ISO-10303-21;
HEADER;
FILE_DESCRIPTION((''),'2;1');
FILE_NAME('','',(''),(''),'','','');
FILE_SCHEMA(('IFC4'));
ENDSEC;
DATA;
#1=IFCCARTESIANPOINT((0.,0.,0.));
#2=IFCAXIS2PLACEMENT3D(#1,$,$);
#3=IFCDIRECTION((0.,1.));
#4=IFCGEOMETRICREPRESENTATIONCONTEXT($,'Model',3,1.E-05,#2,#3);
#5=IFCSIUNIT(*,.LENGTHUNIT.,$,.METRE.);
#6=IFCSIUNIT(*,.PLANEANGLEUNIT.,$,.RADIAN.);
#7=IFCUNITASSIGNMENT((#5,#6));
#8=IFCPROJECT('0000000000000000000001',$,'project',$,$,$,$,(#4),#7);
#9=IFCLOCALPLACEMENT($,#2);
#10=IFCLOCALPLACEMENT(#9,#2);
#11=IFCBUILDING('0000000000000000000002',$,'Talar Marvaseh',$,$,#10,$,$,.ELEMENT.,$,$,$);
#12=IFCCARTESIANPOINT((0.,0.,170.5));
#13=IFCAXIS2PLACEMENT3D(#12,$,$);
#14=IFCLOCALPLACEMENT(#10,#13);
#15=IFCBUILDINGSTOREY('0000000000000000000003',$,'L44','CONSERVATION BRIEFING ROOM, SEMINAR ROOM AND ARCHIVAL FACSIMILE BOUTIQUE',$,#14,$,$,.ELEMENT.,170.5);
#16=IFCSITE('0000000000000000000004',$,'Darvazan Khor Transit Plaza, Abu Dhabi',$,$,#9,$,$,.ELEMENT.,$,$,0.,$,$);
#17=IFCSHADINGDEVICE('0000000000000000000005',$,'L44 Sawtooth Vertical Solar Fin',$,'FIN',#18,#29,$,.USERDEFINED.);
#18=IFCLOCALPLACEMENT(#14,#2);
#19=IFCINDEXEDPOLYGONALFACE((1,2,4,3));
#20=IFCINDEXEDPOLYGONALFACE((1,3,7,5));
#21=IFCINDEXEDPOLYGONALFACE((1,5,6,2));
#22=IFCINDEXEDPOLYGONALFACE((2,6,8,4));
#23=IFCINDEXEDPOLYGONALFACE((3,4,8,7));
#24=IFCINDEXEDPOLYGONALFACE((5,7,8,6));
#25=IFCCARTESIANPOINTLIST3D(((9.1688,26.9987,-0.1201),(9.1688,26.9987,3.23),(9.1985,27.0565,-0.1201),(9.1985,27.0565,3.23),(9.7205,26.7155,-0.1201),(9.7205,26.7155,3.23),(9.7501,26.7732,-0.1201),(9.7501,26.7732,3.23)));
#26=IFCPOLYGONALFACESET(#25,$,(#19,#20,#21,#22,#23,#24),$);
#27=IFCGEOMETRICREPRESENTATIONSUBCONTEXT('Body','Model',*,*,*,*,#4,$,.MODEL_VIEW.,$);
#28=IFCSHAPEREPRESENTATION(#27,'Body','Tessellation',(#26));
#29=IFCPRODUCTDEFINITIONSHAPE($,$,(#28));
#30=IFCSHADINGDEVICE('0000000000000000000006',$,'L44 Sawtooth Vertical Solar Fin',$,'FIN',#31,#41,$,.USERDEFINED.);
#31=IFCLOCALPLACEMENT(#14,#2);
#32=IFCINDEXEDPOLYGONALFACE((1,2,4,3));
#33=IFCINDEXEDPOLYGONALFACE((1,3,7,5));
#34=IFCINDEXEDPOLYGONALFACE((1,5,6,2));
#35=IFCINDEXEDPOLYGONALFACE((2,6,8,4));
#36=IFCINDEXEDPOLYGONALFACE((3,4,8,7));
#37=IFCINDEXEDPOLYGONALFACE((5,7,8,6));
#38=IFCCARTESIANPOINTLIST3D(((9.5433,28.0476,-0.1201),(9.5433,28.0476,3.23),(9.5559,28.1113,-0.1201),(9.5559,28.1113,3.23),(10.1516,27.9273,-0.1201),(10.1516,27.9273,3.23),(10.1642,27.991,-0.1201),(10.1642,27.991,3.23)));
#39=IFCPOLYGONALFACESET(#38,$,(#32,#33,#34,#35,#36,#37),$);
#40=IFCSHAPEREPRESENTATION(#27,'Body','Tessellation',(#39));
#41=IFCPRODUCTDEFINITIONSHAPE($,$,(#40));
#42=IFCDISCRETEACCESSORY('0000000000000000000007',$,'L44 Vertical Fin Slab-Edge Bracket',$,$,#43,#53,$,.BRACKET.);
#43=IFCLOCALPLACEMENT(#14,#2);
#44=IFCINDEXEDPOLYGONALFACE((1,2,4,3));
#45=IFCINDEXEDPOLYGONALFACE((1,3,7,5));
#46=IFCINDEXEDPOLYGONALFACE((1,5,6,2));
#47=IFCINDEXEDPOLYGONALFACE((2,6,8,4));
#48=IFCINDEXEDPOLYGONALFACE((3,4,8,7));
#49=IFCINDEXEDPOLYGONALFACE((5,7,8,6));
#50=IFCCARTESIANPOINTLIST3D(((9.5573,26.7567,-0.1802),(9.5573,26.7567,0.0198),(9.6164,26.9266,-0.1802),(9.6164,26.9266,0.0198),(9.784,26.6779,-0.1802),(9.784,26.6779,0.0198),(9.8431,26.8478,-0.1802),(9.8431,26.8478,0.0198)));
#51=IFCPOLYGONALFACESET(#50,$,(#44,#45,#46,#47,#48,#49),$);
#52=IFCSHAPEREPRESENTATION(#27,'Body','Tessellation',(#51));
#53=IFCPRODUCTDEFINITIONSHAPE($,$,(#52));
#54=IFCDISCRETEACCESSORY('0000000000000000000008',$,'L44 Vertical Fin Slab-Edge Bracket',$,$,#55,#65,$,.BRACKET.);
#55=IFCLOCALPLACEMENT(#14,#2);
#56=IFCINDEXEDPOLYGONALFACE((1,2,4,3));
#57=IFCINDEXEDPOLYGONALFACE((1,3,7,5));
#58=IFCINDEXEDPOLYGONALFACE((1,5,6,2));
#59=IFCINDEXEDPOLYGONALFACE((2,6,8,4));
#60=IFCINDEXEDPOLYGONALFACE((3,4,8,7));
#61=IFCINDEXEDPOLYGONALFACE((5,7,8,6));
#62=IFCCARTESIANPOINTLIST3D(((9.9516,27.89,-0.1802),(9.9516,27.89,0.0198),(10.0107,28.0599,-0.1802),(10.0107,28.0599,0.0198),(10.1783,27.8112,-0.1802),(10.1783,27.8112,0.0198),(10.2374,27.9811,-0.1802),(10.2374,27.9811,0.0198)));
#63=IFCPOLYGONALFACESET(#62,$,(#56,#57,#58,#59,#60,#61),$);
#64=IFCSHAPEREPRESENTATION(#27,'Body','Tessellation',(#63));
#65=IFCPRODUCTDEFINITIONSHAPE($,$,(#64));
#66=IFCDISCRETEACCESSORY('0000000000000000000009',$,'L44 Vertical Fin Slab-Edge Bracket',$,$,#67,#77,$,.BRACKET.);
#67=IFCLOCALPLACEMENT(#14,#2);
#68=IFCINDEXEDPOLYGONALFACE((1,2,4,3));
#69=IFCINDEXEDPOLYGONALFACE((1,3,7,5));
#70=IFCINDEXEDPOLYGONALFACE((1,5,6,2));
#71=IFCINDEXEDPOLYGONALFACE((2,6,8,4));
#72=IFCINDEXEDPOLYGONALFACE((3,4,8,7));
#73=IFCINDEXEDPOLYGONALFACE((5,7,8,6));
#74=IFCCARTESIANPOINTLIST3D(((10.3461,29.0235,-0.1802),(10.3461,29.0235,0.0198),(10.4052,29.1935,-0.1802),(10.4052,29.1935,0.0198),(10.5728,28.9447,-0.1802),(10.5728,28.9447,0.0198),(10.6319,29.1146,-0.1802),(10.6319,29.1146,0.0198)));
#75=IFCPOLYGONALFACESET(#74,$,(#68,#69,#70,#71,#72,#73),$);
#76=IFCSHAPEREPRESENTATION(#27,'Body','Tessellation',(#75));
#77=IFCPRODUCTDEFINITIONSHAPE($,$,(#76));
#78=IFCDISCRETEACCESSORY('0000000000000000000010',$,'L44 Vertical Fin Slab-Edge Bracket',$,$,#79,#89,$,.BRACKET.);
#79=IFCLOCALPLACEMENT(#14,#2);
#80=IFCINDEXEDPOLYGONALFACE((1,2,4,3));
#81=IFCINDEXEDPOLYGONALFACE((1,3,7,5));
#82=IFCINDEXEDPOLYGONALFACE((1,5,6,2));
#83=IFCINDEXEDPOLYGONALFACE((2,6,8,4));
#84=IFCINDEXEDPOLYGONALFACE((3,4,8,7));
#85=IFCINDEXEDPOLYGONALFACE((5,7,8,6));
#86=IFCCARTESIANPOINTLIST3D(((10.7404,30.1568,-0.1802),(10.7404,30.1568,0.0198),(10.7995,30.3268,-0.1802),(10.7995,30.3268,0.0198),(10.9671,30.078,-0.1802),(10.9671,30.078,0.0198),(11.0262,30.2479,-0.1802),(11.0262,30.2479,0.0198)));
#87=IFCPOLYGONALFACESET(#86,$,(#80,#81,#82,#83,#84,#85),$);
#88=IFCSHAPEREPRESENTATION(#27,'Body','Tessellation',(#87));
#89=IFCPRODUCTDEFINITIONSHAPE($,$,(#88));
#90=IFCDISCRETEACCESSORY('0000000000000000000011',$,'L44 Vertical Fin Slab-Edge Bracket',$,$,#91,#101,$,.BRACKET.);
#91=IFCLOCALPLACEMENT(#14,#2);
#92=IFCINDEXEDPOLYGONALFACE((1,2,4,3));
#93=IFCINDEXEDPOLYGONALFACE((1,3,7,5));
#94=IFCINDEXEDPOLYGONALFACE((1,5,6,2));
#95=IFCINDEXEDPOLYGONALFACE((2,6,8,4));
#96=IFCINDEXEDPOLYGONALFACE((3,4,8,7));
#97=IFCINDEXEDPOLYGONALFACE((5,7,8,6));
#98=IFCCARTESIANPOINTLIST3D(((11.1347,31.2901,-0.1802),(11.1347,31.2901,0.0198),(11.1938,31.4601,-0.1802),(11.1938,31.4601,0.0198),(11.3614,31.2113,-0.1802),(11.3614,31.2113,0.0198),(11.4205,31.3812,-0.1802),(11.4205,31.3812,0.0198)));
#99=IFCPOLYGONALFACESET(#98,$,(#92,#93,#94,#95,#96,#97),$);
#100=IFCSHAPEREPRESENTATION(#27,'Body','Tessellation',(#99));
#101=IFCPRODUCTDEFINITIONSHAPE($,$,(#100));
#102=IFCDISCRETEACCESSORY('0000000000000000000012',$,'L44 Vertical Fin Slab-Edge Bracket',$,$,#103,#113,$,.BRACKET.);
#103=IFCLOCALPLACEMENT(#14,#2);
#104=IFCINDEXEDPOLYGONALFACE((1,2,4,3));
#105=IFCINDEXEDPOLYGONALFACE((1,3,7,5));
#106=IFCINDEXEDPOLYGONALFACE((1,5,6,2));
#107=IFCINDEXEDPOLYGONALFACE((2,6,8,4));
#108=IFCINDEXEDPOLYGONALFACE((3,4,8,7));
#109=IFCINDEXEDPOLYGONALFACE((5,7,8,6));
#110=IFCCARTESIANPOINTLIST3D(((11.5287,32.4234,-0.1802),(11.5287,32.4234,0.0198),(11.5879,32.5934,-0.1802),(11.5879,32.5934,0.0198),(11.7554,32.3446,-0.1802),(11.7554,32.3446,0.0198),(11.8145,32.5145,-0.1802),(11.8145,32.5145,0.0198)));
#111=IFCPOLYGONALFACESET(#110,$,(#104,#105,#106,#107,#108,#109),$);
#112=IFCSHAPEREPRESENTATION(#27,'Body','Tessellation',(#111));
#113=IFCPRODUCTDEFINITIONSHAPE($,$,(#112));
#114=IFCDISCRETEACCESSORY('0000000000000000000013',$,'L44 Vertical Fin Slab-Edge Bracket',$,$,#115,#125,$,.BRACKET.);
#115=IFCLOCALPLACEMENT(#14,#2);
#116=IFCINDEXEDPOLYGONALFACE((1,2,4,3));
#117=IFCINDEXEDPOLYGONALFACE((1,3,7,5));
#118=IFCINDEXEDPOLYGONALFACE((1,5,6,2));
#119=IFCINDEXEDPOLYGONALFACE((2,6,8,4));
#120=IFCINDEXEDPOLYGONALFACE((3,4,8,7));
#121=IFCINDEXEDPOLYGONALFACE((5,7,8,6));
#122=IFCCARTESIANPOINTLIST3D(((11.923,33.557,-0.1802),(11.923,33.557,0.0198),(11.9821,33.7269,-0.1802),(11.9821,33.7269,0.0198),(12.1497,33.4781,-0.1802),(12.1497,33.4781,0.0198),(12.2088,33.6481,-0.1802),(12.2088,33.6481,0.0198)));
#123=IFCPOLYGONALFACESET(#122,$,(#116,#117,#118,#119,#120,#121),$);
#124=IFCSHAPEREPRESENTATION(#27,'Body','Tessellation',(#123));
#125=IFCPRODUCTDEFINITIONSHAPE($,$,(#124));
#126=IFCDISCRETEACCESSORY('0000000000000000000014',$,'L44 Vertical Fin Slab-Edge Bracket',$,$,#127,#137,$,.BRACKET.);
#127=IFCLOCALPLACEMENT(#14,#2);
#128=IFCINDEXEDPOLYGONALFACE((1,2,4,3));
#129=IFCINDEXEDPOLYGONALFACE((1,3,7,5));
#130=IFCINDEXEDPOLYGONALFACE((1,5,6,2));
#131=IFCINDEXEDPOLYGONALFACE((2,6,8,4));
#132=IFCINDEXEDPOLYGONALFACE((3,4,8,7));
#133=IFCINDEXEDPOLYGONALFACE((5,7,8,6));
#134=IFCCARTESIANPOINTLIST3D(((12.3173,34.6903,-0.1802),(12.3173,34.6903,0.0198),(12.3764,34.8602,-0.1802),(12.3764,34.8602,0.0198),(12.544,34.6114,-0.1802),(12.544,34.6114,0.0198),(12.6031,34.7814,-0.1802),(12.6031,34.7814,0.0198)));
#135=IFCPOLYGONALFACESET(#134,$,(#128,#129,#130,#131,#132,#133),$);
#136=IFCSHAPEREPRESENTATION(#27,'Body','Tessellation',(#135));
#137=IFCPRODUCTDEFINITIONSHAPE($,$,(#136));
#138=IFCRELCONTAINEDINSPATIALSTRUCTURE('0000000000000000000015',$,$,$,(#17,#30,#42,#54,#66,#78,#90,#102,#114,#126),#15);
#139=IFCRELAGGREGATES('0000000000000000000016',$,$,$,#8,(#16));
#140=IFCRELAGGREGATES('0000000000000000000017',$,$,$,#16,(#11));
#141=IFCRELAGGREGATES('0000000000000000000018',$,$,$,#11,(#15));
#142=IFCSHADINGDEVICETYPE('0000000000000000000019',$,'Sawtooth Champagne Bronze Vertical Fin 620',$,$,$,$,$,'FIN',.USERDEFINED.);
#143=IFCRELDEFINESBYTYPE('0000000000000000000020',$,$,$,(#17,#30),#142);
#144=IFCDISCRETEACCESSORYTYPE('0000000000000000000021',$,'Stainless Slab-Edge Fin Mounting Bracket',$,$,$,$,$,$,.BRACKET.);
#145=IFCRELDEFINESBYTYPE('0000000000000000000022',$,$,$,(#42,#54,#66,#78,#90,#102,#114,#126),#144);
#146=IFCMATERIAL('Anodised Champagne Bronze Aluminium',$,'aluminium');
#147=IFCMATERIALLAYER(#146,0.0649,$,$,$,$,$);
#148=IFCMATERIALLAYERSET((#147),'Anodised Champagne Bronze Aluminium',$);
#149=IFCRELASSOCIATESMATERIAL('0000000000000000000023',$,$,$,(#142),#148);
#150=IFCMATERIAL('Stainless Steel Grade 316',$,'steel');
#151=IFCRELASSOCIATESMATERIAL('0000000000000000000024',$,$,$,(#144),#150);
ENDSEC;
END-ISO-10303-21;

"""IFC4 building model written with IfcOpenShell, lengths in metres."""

from ifc_helpers import new_model, si_unit, direction, frame, origin, origin_2d, place, context, subcontext, project, spatial, rectangle, extrude, source, transform, mapped, material, layer, layer_set, type_object, type_shapes, element, save


model = new_model("IFC4")

# Units and contexts
model_context = context("Model", 3, precision=1e-05, world=origin(), true_north=direction((0.0, 1.0)))
body_context = subcontext(model_context, "Body", "Model", "MODEL_VIEW")
ifc_project = project(units=[si_unit("LENGTHUNIT", "METRE"), si_unit("PLANEANGLEUNIT", "RADIAN")], contexts=[model_context])

# Site, building, storey
site_placement = place(None, origin())
site = spatial("IfcSite", under=ifc_project, at=site_placement, Name="Darvazan Khor Transit Plaza, Abu Dhabi", CompositionType="ELEMENT", RefElevation=0.0)
building_placement = place(site_placement, origin())
building = spatial("IfcBuilding", under=site, at=building_placement, Name="Talar Marvaseh", CompositionType="ELEMENT")
storey_placement = place(building_placement, frame((0.0, 0.0, 170.5)))
storey = spatial("IfcBuildingStorey", under=building, at=storey_placement, Name="L44", Description="CONSERVATION BRIEFING ROOM, SEMINAR ROOM AND ARCHIVAL FACSIMILE BOUTIQUE", CompositionType="ELEMENT", Elevation=170.5)

# Shared definitions
ifc_material_1 = material(Name="Stainless Steel Grade 316", Category="steel")

# Shading devices
ifc_material_2 = material(Name="Anodised Champagne Bronze Aluminium", Category="aluminium")
ifc_layer_1 = layer(ifc_material_2, 0.0649)
ifc_layer_set_1 = layer_set([ifc_layer_1], Name="Anodised Champagne Bronze Aluminium")
shading_device_type_1 = type_object("IfcShadingDeviceType", Name="Sawtooth Champagne Bronze Vertical Fin 620", ElementType="FIN", PredefinedType="USERDEFINED", material=ifc_layer_set_1)
shared_shape_1 = source(origin(), body_context, "Body", "SweptSolid", [
    extrude(rectangle(XDim=0.6201, YDim=0.0649, at=origin_2d()), origin(), (0.0, 0.0, 1.0), 3.3501),
])
type_shapes(shading_device_type_1, [shared_shape_1])
for number, where, z_axis, x_axis, name in (
    (1, (9.4595, 26.886, -0.1201), (0.0, 0.0, 1.0), (-0.889576, 0.456787, 0.0), "L44 Sawtooth Vertical Solar Fin"),
    (2, (9.8538, 28.0193, -0.1201), (0.0, 0.0, 1.0), (-0.981023, 0.193892, 0.0), "L44 Sawtooth Vertical Solar Fin"),
):
    element("IfcShadingDevice", number, at=place(storey_placement, frame(where, z_axis=z_axis, x_axis=x_axis)), inside=storey, type_object=shading_device_type_1, Name=name, ObjectType="FIN", PredefinedType="USERDEFINED", context=body_context, shape_type="MappedRepresentation", body=[
        mapped(shared_shape_1, transform((0.0, 0.0, 0.0), x_axis=(1.0, 0.0, 0.0), y_axis=(0.0, 1.0, 0.0), z_axis=(0.0, 0.0, 1.0), scale=1.0)),
    ])

# Discrete accessories
discrete_accessory_type = type_object("IfcDiscreteAccessoryType", Name="Stainless Slab-Edge Fin Mounting Bracket", PredefinedType="BRACKET", material=ifc_material_1)
shared_shape_2 = source(origin(), body_context, "Body", "SweptSolid", [
    extrude(rectangle(XDim=0.24, YDim=0.1799, at=origin_2d()), origin(), (0.0, 0.0, 1.0), 0.2),
])
type_shapes(discrete_accessory_type, [shared_shape_2])
for number, where, z_axis, x_axis, name in (
    (3, (9.7002, 26.8022, -0.1802), (0.0, 0.0, 1.0), (-0.944491, 0.328537, 0.0), "L44 Vertical Fin Slab-Edge Bracket"),
    (4, (10.0945, 27.9355, -0.1802), (0.0, 0.0, 1.0), (-0.944491, 0.328537, 0.0), "L44 Vertical Fin Slab-Edge Bracket"),
    (5, (10.489, 29.0691, -0.1802), (0.0, 0.0, 1.0), (-0.944491, 0.328537, 0.0), "L44 Vertical Fin Slab-Edge Bracket"),
    (6, (10.8833, 30.2024, -0.1802), (0.0, 0.0, 1.0), (-0.944491, 0.328537, 0.0), "L44 Vertical Fin Slab-Edge Bracket"),
    (7, (11.2776, 31.3357, -0.1802), (0.0, 0.0, 1.0), (-0.944491, 0.328537, 0.0), "L44 Vertical Fin Slab-Edge Bracket"),
    (8, (11.6716, 32.469, -0.1802), (0.0, 0.0, 1.0), (-0.944491, 0.328537, 0.0), "L44 Vertical Fin Slab-Edge Bracket"),
    (9, (12.0659, 33.6025, -0.1802), (0.0, 0.0, 1.0), (-0.944491, 0.328537, 0.0), "L44 Vertical Fin Slab-Edge Bracket"),
    (10, (12.4602, 34.7358, -0.1802), (0.0, 0.0, 1.0), (-0.944491, 0.328537, 0.0), "L44 Vertical Fin Slab-Edge Bracket"),
):
    element("IfcDiscreteAccessory", number, at=place(storey_placement, frame(where, z_axis=z_axis, x_axis=x_axis)), inside=storey, type_object=discrete_accessory_type, Name=name, PredefinedType="BRACKET", context=body_context, shape_type="MappedRepresentation", body=[
        mapped(shared_shape_2, transform((0.0, 0.0, 0.0), x_axis=(1.0, 0.0, 0.0), y_axis=(0.0, 1.0, 0.0), z_axis=(0.0, 0.0, 1.0), scale=1.0)),
    ])

save(model, "model.ifc")
